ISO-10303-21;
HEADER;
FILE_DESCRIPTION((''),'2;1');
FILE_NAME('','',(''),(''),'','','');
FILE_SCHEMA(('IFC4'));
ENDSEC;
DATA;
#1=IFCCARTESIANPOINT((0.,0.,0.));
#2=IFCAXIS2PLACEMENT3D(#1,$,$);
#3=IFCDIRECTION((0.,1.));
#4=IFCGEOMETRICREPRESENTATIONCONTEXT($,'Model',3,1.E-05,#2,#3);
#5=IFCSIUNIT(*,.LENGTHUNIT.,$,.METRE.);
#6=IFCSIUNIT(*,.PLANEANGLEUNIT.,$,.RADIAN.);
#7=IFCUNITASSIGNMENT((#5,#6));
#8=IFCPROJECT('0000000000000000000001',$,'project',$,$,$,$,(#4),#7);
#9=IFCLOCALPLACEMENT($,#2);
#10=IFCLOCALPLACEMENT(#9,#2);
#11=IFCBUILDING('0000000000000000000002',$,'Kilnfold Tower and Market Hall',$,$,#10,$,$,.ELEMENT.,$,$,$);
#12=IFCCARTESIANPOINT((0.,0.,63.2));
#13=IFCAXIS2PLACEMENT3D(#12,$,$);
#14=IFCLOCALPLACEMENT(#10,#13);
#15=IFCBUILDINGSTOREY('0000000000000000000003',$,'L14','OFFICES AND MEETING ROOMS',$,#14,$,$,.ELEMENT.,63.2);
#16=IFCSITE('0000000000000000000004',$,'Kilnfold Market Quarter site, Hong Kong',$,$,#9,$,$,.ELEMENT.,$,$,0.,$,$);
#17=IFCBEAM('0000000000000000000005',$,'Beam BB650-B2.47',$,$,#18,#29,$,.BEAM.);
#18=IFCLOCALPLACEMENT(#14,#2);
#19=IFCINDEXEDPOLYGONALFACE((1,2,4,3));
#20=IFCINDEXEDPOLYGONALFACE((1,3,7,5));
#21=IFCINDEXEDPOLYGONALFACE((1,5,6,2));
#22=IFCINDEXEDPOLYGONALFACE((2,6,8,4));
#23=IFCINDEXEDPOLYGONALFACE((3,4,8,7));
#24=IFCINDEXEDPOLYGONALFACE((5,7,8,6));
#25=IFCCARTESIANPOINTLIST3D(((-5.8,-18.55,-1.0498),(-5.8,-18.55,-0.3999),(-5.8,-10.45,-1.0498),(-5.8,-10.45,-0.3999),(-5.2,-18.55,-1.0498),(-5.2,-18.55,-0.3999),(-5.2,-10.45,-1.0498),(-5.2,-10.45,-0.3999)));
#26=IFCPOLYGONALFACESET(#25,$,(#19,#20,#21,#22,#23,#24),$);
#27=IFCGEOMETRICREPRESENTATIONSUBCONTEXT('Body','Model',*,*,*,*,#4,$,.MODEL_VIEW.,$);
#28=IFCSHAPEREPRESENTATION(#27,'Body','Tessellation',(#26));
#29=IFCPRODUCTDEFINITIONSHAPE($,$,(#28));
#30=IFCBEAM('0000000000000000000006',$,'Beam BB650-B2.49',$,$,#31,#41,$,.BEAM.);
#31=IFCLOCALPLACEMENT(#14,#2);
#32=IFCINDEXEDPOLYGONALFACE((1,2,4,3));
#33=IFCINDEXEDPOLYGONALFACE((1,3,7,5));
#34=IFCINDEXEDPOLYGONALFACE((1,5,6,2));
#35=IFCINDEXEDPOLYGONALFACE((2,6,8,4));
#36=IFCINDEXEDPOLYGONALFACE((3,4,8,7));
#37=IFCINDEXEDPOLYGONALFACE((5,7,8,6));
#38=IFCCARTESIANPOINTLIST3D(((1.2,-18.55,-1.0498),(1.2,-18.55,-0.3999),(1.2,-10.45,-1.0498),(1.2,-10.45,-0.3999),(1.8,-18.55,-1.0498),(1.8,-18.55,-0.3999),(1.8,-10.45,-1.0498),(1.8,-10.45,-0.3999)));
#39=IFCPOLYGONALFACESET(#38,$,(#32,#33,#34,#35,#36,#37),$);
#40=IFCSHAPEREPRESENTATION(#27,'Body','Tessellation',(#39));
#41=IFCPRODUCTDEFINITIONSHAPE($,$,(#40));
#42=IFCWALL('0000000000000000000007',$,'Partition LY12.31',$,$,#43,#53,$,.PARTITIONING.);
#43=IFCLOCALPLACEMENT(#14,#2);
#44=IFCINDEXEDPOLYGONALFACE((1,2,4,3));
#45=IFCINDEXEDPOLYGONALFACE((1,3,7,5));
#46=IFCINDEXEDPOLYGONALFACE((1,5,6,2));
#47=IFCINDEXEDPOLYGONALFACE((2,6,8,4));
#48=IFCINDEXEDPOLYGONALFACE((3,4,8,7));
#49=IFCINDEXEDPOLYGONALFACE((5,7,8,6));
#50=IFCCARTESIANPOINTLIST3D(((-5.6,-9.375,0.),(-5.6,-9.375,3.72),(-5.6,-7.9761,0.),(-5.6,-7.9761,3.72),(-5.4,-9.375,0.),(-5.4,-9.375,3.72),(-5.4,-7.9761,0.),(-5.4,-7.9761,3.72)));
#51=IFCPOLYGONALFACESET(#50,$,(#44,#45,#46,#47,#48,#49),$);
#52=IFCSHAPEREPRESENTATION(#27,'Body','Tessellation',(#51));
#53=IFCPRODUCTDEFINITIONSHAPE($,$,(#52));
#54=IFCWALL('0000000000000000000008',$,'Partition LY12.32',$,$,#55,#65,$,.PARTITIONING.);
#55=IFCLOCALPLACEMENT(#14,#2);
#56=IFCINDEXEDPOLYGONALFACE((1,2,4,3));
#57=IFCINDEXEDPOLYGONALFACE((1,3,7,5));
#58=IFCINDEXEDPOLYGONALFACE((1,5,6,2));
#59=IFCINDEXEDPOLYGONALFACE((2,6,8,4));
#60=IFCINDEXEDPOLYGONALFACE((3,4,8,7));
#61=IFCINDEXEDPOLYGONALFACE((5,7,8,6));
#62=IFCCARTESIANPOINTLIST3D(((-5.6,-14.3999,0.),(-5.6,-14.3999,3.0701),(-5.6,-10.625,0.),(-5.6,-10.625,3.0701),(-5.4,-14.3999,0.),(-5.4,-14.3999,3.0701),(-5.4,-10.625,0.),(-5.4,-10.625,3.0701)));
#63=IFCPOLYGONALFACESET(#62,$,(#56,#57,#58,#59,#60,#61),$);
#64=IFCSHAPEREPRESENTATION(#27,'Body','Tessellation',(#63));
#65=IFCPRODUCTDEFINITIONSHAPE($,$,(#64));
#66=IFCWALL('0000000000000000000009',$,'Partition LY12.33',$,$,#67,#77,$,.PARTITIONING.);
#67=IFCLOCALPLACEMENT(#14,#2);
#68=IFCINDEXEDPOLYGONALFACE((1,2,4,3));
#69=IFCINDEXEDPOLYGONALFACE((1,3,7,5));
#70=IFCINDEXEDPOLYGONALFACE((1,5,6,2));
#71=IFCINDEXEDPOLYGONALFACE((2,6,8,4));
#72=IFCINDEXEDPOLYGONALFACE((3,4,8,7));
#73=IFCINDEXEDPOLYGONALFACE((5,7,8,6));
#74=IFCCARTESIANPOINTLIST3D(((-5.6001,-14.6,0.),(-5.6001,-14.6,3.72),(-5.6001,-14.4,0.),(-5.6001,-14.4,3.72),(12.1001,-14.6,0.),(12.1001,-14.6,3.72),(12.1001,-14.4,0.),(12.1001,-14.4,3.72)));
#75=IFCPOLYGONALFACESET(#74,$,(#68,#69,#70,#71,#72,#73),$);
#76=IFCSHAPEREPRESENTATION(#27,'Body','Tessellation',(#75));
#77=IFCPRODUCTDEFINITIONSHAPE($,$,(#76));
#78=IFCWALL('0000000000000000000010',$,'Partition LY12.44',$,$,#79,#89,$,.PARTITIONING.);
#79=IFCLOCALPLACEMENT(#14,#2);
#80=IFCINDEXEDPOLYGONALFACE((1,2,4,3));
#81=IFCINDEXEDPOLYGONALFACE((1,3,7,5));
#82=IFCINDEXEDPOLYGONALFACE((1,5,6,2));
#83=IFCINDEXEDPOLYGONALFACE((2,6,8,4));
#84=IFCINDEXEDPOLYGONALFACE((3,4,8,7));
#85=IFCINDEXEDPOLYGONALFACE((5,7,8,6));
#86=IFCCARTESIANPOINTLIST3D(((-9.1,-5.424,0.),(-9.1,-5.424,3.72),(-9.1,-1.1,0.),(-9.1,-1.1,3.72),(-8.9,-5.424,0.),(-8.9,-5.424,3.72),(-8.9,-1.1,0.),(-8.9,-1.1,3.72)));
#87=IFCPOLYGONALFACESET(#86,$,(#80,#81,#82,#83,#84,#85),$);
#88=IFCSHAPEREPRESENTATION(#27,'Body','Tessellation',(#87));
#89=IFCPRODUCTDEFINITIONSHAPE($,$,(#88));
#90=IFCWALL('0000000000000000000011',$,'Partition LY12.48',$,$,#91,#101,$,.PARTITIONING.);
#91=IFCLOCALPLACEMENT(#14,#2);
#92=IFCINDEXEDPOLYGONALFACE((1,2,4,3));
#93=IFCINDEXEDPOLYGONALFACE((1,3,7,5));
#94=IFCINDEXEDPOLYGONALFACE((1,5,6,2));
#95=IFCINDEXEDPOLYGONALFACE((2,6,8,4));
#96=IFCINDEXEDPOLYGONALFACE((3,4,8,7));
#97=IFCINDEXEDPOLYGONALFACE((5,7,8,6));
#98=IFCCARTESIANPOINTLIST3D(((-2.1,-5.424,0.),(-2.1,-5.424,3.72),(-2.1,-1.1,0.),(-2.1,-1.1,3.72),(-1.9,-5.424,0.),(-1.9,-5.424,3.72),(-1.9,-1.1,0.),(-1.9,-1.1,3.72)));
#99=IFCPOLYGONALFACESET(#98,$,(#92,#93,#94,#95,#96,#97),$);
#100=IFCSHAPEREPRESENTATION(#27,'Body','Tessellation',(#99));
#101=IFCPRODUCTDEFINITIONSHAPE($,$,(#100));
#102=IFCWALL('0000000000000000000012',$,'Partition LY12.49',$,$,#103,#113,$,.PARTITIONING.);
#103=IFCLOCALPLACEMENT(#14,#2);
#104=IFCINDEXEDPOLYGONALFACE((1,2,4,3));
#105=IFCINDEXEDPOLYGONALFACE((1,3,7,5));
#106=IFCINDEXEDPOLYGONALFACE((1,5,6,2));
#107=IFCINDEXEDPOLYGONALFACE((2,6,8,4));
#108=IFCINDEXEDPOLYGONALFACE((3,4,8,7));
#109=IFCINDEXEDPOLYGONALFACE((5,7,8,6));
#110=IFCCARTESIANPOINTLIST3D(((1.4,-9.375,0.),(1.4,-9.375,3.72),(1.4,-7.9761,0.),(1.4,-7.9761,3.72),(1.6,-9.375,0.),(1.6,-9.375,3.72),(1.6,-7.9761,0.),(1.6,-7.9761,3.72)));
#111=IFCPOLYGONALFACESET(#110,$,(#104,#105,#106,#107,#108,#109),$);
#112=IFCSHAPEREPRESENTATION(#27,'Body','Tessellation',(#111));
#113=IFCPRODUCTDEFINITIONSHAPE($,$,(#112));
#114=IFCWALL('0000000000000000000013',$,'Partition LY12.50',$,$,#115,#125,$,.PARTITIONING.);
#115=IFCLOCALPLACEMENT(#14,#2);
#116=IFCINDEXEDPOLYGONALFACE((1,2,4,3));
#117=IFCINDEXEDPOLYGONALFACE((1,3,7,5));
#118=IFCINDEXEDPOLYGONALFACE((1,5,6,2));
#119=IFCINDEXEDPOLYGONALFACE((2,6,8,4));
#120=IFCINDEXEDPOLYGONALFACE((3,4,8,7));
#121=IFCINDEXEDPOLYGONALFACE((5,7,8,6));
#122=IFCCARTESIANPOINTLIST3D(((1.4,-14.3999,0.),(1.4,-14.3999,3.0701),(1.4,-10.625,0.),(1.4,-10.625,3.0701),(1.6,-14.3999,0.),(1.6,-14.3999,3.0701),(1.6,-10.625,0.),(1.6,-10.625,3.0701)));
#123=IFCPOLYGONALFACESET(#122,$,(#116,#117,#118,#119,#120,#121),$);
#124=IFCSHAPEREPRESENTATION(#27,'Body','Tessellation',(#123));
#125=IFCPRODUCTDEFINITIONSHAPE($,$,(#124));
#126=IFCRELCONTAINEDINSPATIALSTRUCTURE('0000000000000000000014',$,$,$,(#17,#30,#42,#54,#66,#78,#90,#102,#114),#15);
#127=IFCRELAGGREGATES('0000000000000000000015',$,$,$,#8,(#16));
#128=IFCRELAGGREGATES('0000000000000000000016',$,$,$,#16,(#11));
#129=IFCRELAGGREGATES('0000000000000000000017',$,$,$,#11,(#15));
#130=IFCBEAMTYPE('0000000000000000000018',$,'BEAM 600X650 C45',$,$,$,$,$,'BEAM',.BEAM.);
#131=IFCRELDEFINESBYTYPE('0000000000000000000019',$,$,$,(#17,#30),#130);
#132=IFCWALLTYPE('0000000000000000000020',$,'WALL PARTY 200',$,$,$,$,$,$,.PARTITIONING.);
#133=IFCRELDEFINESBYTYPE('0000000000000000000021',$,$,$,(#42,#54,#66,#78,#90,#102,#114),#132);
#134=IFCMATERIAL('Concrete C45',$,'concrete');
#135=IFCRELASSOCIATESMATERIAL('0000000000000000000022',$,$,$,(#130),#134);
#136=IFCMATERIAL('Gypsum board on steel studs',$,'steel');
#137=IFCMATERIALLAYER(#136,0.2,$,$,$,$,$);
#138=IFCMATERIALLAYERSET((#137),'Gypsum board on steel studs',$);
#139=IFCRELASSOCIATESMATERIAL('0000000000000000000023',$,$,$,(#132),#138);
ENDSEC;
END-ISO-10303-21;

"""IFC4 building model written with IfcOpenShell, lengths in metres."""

from ifc_helpers import new_model, si_unit, direction, frame, frame_2d, origin, origin_2d, place, context, subcontext, project, spatial, rectangle, extrude, source, transform, mapped, material, layer, layer_set, material_profile, profile_set, type_object, element, save


model = new_model("IFC4")

# Units and contexts
model_context = context("Model", 3, precision=1e-05, world=origin(), true_north=direction((0.0, 1.0)))
body_context = subcontext(model_context, "Body", "Model", "MODEL_VIEW")
ifc_project = project(units=[si_unit("LENGTHUNIT", "METRE"), si_unit("PLANEANGLEUNIT", "RADIAN")], contexts=[model_context])

# Site, building, storey
site_placement = place(None, origin())
site = spatial("IfcSite", under=ifc_project, at=site_placement, Name="Kilnfold Market Quarter site, Hong Kong", CompositionType="ELEMENT", RefElevation=0.0)
building_placement = place(site_placement, origin())
building = spatial("IfcBuilding", under=site, at=building_placement, Name="Kilnfold Tower and Market Hall", CompositionType="ELEMENT")
storey_placement = place(building_placement, frame((0.0, 0.0, 63.2)))
storey = spatial("IfcBuildingStorey", under=building, at=storey_placement, Name="L14", Description="OFFICES AND MEETING ROOMS", CompositionType="ELEMENT", Elevation=63.2)

# Beams
ifc_material_1 = material(Name="Concrete C45", Category="concrete")
ifc_material_profile_1 = material_profile(ifc_material_1, rectangle(XDim=0.6001, YDim=0.6499, at=origin_2d()), Name="RC 600x650")
ifc_profile_set_1 = profile_set([ifc_material_profile_1], Name="Concrete C45")
beam_type_1 = type_object("IfcBeamType", Name="BEAM 600X650 C45", ElementType="BEAM", PredefinedType="BEAM", material=ifc_profile_set_1)
shared_shape_1 = source(origin(), body_context, "Body", "SweptSolid", [
    extrude(rectangle(XDim=0.6001, YDim=0.6499, at=origin_2d()), origin(), (0.0, 0.0, 1.0), 8.1001),
])
for number, where, z_axis, x_axis, name in (
    (1, (-5.5, -18.55, -0.7249), (0.0, 1.0, 0.0), (-1.0, 0.0, 0.0), "Beam BB650-B2.47"),
    (2, (1.5, -18.55, -0.7249), (0.0, 1.0, 0.0), (-1.0, 0.0, 0.0), "Beam BB650-B2.49"),
):
    element("IfcBeam", number, at=place(storey_placement, frame(where, z_axis=z_axis, x_axis=x_axis)), inside=storey, type_object=beam_type_1, Name=name, PredefinedType="BEAM", context=body_context, shape_type="MappedRepresentation", body=[
        mapped(shared_shape_1, transform((0.0, 0.0, 0.0))),
    ])

# Walls
ifc_material_2 = material(Name="Gypsum board on steel studs", Category="steel")
ifc_layer = layer(ifc_material_2, 0.2)
ifc_layer_set = layer_set([ifc_layer], Name="Gypsum board on steel studs")
wall_type = type_object("IfcWallType", Name="WALL PARTY 200", PredefinedType="PARTITIONING", material=ifc_layer_set)
wall_1_placement = place(storey_placement, frame((-5.5, -9.375, 0.0), z_axis=(0.0, 0.0, 1.0), x_axis=(0.0, 1.0, 0.0)))
element("IfcWall", 3, at=wall_1_placement, inside=storey, type_object=wall_type, Name="Partition LY12.31", PredefinedType="PARTITIONING", context=body_context, shape_type="SweptSolid", body=[
    extrude(rectangle(XDim=1.3989, YDim=0.2, at=frame_2d((0.6995, 0.0))), origin(), (0.0, 0.0, 1.0), 3.72),
])
wall_2_placement = place(storey_placement, frame((-5.5, -14.3999, 0.0), z_axis=(0.0, 0.0, 1.0), x_axis=(0.0, 1.0, 0.0)))
element("IfcWall", 4, at=wall_2_placement, inside=storey, type_object=wall_type, Name="Partition LY12.32", PredefinedType="PARTITIONING", context=body_context, shape_type="SweptSolid", body=[
    extrude(rectangle(XDim=3.7749, YDim=0.2, at=frame_2d((1.8875, 0.0))), origin(), (0.0, 0.0, 1.0), 3.0701),
])
wall_3_placement = place(storey_placement, frame((-5.6001, -14.5, 0.0), z_axis=(0.0, 0.0, 1.0), x_axis=(1.0, 0.0, 0.0)))
element("IfcWall", 5, at=wall_3_placement, inside=storey, type_object=wall_type, Name="Partition LY12.33", PredefinedType="PARTITIONING", context=body_context, shape_type="SweptSolid", body=[
    extrude(rectangle(XDim=17.7002, YDim=0.2, at=frame_2d((8.8501, 0.0))), origin(), (0.0, 0.0, 1.0), 3.72),
])
for number, where, z_axis, x_axis, name in (
    (6, (-9.0, -5.4241, 0.0), (0.0, 0.0, 1.0), (0.0, 1.0, 0.0), "Partition LY12.44"),
    (7, (-2.0, -5.4241, 0.0), (0.0, 0.0, 1.0), (0.0, 1.0, 0.0), "Partition LY12.48"),
):
    element("IfcWall", number, at=place(storey_placement, frame(where, z_axis=z_axis, x_axis=x_axis)), inside=storey, type_object=wall_type, Name=name, PredefinedType="PARTITIONING", context=body_context, shape_type="SweptSolid", body=[
        extrude(rectangle(XDim=4.324, YDim=0.2, at=frame_2d((2.1621, 0.0))), origin(), (0.0, 0.0, 1.0), 3.72),
    ])
wall_4_placement = place(storey_placement, frame((1.5, -9.375, 0.0), z_axis=(0.0, 0.0, 1.0), x_axis=(0.0, 1.0, 0.0)))
element("IfcWall", 8, at=wall_4_placement, inside=storey, type_object=wall_type, Name="Partition LY12.49", PredefinedType="PARTITIONING", context=body_context, shape_type="SweptSolid", body=[
    extrude(rectangle(XDim=1.3989, YDim=0.2, at=frame_2d((0.6995, 0.0))), origin(), (0.0, 0.0, 1.0), 3.72),
])
wall_5_placement = place(storey_placement, frame((1.5, -14.3999, 0.0), z_axis=(0.0, 0.0, 1.0), x_axis=(0.0, 1.0, 0.0)))
element("IfcWall", 9, at=wall_5_placement, inside=storey, type_object=wall_type, Name="Partition LY12.50", PredefinedType="PARTITIONING", context=body_context, shape_type="SweptSolid", body=[
    extrude(rectangle(XDim=3.7749, YDim=0.2, at=frame_2d((1.8875, 0.0))), origin(), (0.0, 0.0, 1.0), 3.0701),
])

save(model, "model.ifc")
